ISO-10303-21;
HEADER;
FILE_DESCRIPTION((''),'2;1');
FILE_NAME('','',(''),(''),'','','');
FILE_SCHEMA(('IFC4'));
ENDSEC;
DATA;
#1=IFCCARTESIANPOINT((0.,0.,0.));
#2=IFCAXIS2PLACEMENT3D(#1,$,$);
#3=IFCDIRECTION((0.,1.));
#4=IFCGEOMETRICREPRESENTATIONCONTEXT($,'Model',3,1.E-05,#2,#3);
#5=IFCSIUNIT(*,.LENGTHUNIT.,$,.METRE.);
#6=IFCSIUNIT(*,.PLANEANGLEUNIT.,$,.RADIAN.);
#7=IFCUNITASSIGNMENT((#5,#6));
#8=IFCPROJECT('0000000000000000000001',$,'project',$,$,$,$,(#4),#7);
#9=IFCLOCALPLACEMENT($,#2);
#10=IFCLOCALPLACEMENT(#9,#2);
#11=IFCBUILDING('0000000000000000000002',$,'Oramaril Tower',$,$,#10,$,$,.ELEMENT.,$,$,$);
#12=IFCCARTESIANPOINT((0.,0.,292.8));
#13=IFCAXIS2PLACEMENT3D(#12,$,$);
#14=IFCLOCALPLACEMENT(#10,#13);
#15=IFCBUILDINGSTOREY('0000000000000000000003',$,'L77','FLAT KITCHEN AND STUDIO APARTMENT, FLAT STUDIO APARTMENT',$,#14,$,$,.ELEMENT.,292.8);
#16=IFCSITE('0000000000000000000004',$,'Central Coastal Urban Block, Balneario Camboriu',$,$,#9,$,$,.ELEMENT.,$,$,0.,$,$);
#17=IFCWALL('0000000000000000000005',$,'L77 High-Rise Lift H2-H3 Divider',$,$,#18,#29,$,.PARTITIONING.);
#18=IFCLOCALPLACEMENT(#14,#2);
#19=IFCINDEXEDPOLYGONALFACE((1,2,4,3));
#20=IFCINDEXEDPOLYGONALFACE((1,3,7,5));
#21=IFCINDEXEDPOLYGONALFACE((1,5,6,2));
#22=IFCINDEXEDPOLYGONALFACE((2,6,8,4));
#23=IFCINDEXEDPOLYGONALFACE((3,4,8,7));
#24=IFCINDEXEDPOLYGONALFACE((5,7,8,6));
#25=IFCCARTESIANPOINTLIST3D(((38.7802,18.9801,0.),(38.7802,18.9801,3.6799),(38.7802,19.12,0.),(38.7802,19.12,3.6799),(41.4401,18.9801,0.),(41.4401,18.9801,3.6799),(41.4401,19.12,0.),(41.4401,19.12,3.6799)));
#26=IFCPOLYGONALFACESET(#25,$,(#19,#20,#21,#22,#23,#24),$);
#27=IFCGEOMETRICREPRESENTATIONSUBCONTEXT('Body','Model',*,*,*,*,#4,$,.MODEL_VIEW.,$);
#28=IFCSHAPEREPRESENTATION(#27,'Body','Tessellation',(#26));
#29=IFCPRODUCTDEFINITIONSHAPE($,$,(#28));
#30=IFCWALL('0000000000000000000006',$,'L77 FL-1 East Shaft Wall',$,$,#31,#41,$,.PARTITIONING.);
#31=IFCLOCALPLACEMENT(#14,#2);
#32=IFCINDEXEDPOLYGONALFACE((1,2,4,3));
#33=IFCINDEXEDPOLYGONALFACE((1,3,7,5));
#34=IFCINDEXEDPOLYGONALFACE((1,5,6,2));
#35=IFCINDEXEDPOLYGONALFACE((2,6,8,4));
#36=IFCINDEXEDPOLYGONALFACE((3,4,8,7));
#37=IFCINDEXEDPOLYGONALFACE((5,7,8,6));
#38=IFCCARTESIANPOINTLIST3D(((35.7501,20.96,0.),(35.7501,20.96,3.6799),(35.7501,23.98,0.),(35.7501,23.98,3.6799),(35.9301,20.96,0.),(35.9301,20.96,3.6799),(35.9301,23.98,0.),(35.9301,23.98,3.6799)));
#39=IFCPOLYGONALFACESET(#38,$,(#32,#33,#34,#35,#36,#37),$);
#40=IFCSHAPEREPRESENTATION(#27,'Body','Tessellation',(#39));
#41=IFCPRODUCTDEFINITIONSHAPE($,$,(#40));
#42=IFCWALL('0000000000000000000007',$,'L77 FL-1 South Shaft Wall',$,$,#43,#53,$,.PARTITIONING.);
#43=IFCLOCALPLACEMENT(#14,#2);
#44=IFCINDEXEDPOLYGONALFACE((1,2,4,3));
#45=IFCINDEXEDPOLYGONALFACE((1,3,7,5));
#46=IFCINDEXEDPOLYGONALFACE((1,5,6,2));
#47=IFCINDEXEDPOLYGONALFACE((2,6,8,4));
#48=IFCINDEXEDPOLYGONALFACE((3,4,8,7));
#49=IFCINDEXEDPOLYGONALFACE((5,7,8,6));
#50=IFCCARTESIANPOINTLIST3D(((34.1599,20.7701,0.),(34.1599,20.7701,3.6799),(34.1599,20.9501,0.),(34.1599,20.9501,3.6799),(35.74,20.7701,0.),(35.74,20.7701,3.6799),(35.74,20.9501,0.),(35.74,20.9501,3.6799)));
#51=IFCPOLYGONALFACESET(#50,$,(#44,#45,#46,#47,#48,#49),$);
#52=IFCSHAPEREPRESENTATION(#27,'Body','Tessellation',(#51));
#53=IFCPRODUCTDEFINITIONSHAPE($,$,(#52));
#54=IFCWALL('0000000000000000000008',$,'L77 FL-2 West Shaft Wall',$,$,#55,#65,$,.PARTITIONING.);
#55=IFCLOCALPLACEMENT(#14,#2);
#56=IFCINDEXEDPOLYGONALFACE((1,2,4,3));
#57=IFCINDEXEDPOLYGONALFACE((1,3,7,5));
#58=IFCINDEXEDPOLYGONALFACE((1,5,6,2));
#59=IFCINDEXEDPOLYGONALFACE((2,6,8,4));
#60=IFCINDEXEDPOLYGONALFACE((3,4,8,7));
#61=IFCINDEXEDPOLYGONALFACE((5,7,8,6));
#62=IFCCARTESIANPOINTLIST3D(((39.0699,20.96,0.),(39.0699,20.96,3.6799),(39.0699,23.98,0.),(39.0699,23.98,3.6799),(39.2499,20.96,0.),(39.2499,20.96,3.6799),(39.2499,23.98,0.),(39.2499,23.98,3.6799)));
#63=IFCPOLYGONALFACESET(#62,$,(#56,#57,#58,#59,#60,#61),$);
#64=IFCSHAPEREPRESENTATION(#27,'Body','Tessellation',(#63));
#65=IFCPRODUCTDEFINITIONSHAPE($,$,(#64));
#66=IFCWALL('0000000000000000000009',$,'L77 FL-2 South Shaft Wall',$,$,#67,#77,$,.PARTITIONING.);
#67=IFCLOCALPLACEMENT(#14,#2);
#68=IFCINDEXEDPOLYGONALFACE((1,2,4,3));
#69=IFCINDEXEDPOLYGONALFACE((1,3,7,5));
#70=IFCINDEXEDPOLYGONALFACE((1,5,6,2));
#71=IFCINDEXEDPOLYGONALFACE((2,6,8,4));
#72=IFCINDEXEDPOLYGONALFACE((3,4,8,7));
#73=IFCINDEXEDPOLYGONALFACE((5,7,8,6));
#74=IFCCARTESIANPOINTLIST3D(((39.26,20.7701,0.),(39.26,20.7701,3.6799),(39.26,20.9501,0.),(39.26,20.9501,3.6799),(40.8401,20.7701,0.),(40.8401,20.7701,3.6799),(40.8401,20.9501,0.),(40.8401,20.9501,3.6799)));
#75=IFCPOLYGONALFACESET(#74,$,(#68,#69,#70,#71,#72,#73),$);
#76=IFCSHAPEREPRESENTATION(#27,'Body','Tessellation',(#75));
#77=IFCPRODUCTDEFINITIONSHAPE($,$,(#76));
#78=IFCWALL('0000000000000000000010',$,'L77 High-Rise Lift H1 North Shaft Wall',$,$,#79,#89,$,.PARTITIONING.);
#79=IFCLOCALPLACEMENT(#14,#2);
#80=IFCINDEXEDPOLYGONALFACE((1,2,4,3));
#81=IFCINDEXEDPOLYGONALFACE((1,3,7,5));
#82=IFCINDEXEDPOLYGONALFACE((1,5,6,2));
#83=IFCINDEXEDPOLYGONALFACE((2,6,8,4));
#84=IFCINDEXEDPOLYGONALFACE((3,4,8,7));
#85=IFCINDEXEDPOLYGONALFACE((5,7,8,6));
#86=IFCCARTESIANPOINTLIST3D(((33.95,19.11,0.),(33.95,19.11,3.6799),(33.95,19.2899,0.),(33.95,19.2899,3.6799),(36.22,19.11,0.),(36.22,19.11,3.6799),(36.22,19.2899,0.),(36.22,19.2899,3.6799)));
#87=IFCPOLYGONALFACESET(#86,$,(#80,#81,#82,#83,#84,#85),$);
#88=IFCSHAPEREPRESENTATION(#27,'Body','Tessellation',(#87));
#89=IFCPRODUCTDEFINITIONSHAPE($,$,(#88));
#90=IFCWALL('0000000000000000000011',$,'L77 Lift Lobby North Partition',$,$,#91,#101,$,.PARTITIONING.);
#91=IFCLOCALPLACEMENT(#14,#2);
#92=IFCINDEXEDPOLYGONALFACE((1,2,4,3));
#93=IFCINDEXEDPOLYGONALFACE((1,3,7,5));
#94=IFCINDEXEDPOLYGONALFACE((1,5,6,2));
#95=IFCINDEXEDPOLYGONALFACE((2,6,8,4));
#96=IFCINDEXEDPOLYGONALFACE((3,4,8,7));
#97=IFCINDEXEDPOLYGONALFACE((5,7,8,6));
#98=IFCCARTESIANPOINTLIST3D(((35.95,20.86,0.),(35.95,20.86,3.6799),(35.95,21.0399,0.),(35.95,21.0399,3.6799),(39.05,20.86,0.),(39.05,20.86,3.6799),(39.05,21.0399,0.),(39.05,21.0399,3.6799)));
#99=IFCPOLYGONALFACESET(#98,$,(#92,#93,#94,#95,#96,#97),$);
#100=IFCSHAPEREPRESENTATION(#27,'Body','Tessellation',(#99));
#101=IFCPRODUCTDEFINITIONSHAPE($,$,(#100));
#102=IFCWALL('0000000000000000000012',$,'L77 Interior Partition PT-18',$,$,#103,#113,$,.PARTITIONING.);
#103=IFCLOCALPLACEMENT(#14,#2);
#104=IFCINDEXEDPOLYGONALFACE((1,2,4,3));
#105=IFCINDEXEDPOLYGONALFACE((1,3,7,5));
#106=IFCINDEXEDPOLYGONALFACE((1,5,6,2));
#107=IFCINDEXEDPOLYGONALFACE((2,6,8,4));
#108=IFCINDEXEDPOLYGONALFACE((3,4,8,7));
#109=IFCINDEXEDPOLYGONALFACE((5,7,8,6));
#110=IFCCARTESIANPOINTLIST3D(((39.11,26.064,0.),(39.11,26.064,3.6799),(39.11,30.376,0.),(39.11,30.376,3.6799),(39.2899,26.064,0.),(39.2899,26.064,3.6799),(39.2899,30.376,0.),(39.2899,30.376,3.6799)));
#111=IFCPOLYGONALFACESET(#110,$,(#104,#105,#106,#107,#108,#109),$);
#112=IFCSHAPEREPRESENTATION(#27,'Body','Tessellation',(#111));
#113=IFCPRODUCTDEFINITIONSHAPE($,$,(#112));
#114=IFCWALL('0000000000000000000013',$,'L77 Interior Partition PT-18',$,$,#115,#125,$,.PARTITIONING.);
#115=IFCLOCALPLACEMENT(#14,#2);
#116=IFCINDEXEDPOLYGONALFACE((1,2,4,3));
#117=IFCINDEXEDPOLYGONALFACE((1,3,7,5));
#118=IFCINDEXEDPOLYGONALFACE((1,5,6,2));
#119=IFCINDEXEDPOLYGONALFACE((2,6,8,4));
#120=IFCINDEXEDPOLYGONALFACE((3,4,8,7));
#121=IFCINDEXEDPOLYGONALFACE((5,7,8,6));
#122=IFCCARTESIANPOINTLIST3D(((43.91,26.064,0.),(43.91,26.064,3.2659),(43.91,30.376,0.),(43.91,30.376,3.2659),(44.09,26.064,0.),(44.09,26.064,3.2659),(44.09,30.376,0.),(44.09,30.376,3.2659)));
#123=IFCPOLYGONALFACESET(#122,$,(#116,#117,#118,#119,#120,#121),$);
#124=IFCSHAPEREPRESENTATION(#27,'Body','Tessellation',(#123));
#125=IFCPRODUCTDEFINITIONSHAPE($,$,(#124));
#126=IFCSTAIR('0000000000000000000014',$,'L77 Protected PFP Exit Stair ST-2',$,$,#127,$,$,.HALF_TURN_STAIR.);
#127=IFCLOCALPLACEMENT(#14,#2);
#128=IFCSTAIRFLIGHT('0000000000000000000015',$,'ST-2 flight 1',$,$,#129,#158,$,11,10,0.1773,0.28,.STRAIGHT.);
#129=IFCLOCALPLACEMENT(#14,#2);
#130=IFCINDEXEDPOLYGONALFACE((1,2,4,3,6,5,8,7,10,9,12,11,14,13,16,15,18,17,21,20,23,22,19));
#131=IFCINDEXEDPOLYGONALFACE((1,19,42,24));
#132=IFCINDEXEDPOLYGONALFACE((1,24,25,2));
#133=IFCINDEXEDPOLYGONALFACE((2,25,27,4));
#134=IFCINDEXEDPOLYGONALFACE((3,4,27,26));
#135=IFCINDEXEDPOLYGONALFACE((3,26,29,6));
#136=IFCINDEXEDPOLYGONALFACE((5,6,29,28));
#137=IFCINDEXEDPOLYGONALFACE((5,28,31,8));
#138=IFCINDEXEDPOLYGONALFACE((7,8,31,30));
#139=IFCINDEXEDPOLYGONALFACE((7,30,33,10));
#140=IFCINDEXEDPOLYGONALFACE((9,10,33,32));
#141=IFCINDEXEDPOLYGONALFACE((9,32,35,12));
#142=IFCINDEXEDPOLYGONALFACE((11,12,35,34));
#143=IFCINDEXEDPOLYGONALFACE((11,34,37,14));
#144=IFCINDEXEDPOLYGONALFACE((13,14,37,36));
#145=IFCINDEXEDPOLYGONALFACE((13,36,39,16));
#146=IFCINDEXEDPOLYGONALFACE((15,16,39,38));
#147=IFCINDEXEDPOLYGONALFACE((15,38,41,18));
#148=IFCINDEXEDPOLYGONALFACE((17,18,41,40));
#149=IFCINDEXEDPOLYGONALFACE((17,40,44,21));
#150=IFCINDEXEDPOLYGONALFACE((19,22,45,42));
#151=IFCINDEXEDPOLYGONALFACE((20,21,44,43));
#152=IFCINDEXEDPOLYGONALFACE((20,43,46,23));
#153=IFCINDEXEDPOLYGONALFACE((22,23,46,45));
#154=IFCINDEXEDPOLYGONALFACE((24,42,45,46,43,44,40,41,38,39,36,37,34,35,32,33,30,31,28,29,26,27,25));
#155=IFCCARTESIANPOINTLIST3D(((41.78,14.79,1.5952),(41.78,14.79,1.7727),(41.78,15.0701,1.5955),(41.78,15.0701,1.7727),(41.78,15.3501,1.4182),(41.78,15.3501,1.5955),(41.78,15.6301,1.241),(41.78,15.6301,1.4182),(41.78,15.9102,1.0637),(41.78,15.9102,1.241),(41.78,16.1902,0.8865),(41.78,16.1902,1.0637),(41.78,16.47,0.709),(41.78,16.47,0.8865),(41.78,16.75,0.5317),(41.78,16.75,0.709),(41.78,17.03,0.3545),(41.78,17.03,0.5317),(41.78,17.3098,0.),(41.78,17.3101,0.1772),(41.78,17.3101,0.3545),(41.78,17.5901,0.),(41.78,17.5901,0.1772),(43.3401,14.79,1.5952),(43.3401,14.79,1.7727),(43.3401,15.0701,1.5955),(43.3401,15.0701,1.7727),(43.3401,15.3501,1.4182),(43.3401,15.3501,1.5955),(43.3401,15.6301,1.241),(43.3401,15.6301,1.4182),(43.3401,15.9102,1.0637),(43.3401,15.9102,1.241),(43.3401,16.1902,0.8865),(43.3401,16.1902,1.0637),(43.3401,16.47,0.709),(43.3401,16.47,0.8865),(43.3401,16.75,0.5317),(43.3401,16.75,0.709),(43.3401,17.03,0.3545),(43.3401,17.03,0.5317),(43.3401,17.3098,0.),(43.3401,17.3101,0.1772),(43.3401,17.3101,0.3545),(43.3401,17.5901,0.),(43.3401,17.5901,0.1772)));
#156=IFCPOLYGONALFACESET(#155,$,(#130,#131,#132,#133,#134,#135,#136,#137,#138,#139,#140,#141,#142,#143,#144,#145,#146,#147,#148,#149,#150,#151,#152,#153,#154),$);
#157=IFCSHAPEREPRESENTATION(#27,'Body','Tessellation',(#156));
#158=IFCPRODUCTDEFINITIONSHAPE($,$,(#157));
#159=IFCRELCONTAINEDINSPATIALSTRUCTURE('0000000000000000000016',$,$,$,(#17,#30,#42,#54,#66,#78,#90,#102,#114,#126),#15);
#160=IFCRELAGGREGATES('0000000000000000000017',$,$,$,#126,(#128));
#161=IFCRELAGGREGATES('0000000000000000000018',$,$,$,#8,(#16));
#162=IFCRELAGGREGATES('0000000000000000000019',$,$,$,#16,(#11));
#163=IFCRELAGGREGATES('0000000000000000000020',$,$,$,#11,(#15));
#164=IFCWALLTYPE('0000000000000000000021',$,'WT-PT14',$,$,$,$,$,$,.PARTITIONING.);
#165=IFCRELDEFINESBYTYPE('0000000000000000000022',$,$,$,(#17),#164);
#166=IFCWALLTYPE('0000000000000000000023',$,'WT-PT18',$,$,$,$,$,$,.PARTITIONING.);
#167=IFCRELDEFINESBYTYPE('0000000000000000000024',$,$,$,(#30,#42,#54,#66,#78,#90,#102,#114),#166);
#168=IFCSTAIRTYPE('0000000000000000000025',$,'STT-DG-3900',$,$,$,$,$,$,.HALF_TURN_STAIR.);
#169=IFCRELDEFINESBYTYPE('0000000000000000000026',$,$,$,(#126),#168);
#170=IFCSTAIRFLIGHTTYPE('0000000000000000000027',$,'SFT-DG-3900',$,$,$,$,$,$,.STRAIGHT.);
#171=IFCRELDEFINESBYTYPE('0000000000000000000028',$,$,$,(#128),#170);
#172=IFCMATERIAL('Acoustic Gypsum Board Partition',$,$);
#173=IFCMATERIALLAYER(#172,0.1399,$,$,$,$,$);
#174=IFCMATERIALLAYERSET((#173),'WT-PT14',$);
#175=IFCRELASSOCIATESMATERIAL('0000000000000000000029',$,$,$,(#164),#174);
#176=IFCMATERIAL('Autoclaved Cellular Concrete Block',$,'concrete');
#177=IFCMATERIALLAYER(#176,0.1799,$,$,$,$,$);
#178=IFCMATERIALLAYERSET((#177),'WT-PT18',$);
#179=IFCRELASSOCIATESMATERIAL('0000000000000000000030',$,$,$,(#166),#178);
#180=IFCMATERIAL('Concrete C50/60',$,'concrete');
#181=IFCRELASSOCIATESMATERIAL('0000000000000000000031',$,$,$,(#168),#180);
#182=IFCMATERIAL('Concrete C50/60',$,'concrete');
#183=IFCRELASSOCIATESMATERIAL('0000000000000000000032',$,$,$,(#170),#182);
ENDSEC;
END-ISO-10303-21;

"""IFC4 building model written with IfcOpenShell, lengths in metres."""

from ifc_helpers import new_model, si_unit, direction, frame, frame_2d, origin, place, context, subcontext, project, spatial, polyline, rectangle, outline, extrude, material, layer, layer_set, type_object, element, aggregate, save


model = new_model("IFC4")

# Units and contexts
model_context = context("Model", 3, precision=1e-05, world=origin(), true_north=direction((0.0, 1.0)))
body_context = subcontext(model_context, "Body", "Model", "MODEL_VIEW")
ifc_project = project(units=[si_unit("LENGTHUNIT", "METRE"), si_unit("PLANEANGLEUNIT", "RADIAN")], contexts=[model_context])

# Site, building, storey
site_placement = place(None, origin())
site = spatial("IfcSite", under=ifc_project, at=site_placement, Name="Central Coastal Urban Block, Balneario Camboriu", CompositionType="ELEMENT", RefElevation=0.0)
building_placement = place(site_placement, origin())
building = spatial("IfcBuilding", under=site, at=building_placement, Name="Oramaril Tower", CompositionType="ELEMENT")
storey_placement = place(building_placement, frame((0.0, 0.0, 292.8)))
storey = spatial("IfcBuildingStorey", under=building, at=storey_placement, Name="L77", Description="FLAT KITCHEN AND STUDIO APARTMENT, FLAT STUDIO APARTMENT", CompositionType="ELEMENT", Elevation=292.8)

# Walls
ifc_material_1 = material(Name="Acoustic Gypsum Board Partition")
ifc_layer_1 = layer(ifc_material_1, 0.1399)
ifc_layer_set_1 = layer_set([ifc_layer_1], Name="WT-PT14")
wall_type_1 = type_object("IfcWallType", Name="WT-PT14", PredefinedType="PARTITIONING", material=ifc_layer_set_1)
wall_1_placement = place(storey_placement, frame((38.78, 19.05, 0.0), z_axis=(0.0, 0.0, 1.0), x_axis=(1.0, 0.0, 0.0)))
element("IfcWall", 1, at=wall_1_placement, inside=storey, type_object=wall_type_1, Name="L77 High-Rise Lift H2-H3 Divider", PredefinedType="PARTITIONING", context=body_context, shape_type="SweptSolid", body=[
    extrude(rectangle(XDim=2.6599, YDim=0.1399, at=frame_2d((1.3301, 0.0))), origin(), (0.0, 0.0, 1.0), 3.6799),
])
ifc_material_2 = material(Name="Autoclaved Cellular Concrete Block", Category="concrete")
ifc_layer_2 = layer(ifc_material_2, 0.1799)
ifc_layer_set_2 = layer_set([ifc_layer_2], Name="WT-PT18")
wall_type_2 = type_object("IfcWallType", Name="WT-PT18", PredefinedType="PARTITIONING", material=ifc_layer_set_2)
wall_2_placement = place(storey_placement, frame((35.8401, 20.96, 0.0), z_axis=(0.0, 0.0, 1.0), x_axis=(0.0, 1.0, 0.0)))
element("IfcWall", 2, at=wall_2_placement, inside=storey, type_object=wall_type_2, Name="L77 FL-1 East Shaft Wall", PredefinedType="PARTITIONING", context=body_context, shape_type="SweptSolid", body=[
    extrude(rectangle(XDim=3.02, YDim=0.1799, at=frame_2d((1.51, 0.0))), origin(), (0.0, 0.0, 1.0), 3.6799),
])
wall_3_placement = place(storey_placement, frame((34.1599, 20.8601, 0.0), z_axis=(0.0, 0.0, 1.0), x_axis=(1.0, 0.0, 0.0)))
element("IfcWall", 3, at=wall_3_placement, inside=storey, type_object=wall_type_2, Name="L77 FL-1 South Shaft Wall", PredefinedType="PARTITIONING", context=body_context, shape_type="SweptSolid", body=[
    extrude(rectangle(XDim=1.5801, YDim=0.1799, at=frame_2d((0.79, 0.0))), origin(), (0.0, 0.0, 1.0), 3.6799),
])
wall_4_placement = place(storey_placement, frame((39.1599, 20.96, 0.0), z_axis=(0.0, 0.0, 1.0), x_axis=(0.0, 1.0, 0.0)))
element("IfcWall", 4, at=wall_4_placement, inside=storey, type_object=wall_type_2, Name="L77 FL-2 West Shaft Wall", PredefinedType="PARTITIONING", context=body_context, shape_type="SweptSolid", body=[
    extrude(rectangle(XDim=3.02, YDim=0.1799, at=frame_2d((1.51, 0.0))), origin(), (0.0, 0.0, 1.0), 3.6799),
])
wall_5_placement = place(storey_placement, frame((39.26, 20.8601, 0.0), z_axis=(0.0, 0.0, 1.0), x_axis=(1.0, 0.0, 0.0)))
element("IfcWall", 5, at=wall_5_placement, inside=storey, type_object=wall_type_2, Name="L77 FL-2 South Shaft Wall", PredefinedType="PARTITIONING", context=body_context, shape_type="SweptSolid", body=[
    extrude(rectangle(XDim=1.5801, YDim=0.1799, at=frame_2d((0.79, 0.0))), origin(), (0.0, 0.0, 1.0), 3.6799),
])
wall_6_placement = place(storey_placement, frame((33.95, 19.2, 0.0), z_axis=(0.0, 0.0, 1.0), x_axis=(1.0, 0.0, 0.0)))
element("IfcWall", 6, at=wall_6_placement, inside=storey, type_object=wall_type_2, Name="L77 High-Rise Lift H1 North Shaft Wall", PredefinedType="PARTITIONING", context=body_context, shape_type="SweptSolid", body=[
    extrude(rectangle(XDim=2.27, YDim=0.1799, at=frame_2d((1.135, 0.0))), origin(), (0.0, 0.0, 1.0), 3.6799),
])
wall_7_placement = place(storey_placement, frame((35.95, 20.95, 0.0), z_axis=(0.0, 0.0, 1.0), x_axis=(1.0, 0.0, 0.0)))
element("IfcWall", 7, at=wall_7_placement, inside=storey, type_object=wall_type_2, Name="L77 Lift Lobby North Partition", PredefinedType="PARTITIONING", context=body_context, shape_type="SweptSolid", body=[
    extrude(rectangle(XDim=3.1001, YDim=0.1799, at=frame_2d((1.55, 0.0))), origin(), (0.0, 0.0, 1.0), 3.6799),
])
wall_8_placement = place(storey_placement, frame((39.2, 26.064, 0.0), z_axis=(0.0, 0.0, 1.0), x_axis=(0.0, 1.0, 0.0)))
element("IfcWall", 8, at=wall_8_placement, inside=storey, type_object=wall_type_2, Name="L77 Interior Partition PT-18", PredefinedType="PARTITIONING", context=body_context, shape_type="SweptSolid", body=[
    extrude(rectangle(XDim=4.312, YDim=0.1799, at=frame_2d((2.156, 0.0))), origin(), (0.0, 0.0, 1.0), 3.6799),
])
wall_9_placement = place(storey_placement, frame((44.0, 26.064, 0.0), z_axis=(0.0, 0.0, 1.0), x_axis=(0.0, 1.0, 0.0)))
element("IfcWall", 9, at=wall_9_placement, inside=storey, type_object=wall_type_2, Name="L77 Interior Partition PT-18", PredefinedType="PARTITIONING", context=body_context, shape_type="SweptSolid", body=[
    extrude(rectangle(XDim=4.312, YDim=0.1799, at=frame_2d((2.156, 0.0))), origin(), (0.0, 0.0, 1.0), 3.2659),
])

# Stair, stair flight
ifc_material_3 = material(Name="Concrete C50/60", Category="concrete")
stair_type = type_object("IfcStairType", Name="STT-DG-3900", PredefinedType="HALF_TURN_STAIR", material=ifc_material_3)
stair_placement = place(storey_placement, origin())
stair = element("IfcStair", 10, at=stair_placement, inside=storey, type_object=stair_type, Name="L77 Protected PFP Exit Stair ST-2", PredefinedType="HALF_TURN_STAIR")
ifc_material_4 = material(Name="Concrete C50/60", Category="concrete")
stair_flight_type = type_object("IfcStairFlightType", Name="SFT-DG-3900", PredefinedType="STRAIGHT", material=ifc_material_4)
stair_flight_placement = place(storey_placement, frame((42.5601, 17.5901, 0.0), z_axis=(0.0, 0.0, 1.0), x_axis=(0.0, -1.0, 0.0)))
stair_flight = element("IfcStairFlight", 11, at=stair_flight_placement, type_object=stair_flight_type, Name="ST-2 flight 1", NumberOfRisers=11, NumberOfTreads=10, PredefinedType="STRAIGHT", RiserHeight=0.1773, TreadLength=0.28, context=body_context, shape_type="SweptSolid", body=[
    extrude(outline(polyline([(0.0, 0.0), (0.0, 0.1772), (0.28, 0.1772), (0.28, 0.3545), (0.5601, 0.3545), (0.5601, 0.5317), (0.8401, 0.5317), (0.8401, 0.709), (1.1201, 0.709), (1.1201, 0.8865), (1.3999, 0.8865), (1.3999, 1.0637), (1.6799, 1.0637), (1.6799, 1.241), (1.96, 1.241), (1.96, 1.4182), (2.24, 1.4182), (2.24, 1.5955), (2.52, 1.5955), (2.52, 1.7727), (2.8, 1.7727), (2.8, 1.95), (2.8, 1.5952), (0.2803, 0.0), (0.0, 0.0)])), frame((0.0, 0.78, 0.0), z_axis=(0.0, -1.0, 0.0), x_axis=(1.0, 0.0, 0.0)), (0.0, 0.0, 1.0), 1.5601),
])
aggregate(stair, [stair_flight])

save(model, "model.ifc")
